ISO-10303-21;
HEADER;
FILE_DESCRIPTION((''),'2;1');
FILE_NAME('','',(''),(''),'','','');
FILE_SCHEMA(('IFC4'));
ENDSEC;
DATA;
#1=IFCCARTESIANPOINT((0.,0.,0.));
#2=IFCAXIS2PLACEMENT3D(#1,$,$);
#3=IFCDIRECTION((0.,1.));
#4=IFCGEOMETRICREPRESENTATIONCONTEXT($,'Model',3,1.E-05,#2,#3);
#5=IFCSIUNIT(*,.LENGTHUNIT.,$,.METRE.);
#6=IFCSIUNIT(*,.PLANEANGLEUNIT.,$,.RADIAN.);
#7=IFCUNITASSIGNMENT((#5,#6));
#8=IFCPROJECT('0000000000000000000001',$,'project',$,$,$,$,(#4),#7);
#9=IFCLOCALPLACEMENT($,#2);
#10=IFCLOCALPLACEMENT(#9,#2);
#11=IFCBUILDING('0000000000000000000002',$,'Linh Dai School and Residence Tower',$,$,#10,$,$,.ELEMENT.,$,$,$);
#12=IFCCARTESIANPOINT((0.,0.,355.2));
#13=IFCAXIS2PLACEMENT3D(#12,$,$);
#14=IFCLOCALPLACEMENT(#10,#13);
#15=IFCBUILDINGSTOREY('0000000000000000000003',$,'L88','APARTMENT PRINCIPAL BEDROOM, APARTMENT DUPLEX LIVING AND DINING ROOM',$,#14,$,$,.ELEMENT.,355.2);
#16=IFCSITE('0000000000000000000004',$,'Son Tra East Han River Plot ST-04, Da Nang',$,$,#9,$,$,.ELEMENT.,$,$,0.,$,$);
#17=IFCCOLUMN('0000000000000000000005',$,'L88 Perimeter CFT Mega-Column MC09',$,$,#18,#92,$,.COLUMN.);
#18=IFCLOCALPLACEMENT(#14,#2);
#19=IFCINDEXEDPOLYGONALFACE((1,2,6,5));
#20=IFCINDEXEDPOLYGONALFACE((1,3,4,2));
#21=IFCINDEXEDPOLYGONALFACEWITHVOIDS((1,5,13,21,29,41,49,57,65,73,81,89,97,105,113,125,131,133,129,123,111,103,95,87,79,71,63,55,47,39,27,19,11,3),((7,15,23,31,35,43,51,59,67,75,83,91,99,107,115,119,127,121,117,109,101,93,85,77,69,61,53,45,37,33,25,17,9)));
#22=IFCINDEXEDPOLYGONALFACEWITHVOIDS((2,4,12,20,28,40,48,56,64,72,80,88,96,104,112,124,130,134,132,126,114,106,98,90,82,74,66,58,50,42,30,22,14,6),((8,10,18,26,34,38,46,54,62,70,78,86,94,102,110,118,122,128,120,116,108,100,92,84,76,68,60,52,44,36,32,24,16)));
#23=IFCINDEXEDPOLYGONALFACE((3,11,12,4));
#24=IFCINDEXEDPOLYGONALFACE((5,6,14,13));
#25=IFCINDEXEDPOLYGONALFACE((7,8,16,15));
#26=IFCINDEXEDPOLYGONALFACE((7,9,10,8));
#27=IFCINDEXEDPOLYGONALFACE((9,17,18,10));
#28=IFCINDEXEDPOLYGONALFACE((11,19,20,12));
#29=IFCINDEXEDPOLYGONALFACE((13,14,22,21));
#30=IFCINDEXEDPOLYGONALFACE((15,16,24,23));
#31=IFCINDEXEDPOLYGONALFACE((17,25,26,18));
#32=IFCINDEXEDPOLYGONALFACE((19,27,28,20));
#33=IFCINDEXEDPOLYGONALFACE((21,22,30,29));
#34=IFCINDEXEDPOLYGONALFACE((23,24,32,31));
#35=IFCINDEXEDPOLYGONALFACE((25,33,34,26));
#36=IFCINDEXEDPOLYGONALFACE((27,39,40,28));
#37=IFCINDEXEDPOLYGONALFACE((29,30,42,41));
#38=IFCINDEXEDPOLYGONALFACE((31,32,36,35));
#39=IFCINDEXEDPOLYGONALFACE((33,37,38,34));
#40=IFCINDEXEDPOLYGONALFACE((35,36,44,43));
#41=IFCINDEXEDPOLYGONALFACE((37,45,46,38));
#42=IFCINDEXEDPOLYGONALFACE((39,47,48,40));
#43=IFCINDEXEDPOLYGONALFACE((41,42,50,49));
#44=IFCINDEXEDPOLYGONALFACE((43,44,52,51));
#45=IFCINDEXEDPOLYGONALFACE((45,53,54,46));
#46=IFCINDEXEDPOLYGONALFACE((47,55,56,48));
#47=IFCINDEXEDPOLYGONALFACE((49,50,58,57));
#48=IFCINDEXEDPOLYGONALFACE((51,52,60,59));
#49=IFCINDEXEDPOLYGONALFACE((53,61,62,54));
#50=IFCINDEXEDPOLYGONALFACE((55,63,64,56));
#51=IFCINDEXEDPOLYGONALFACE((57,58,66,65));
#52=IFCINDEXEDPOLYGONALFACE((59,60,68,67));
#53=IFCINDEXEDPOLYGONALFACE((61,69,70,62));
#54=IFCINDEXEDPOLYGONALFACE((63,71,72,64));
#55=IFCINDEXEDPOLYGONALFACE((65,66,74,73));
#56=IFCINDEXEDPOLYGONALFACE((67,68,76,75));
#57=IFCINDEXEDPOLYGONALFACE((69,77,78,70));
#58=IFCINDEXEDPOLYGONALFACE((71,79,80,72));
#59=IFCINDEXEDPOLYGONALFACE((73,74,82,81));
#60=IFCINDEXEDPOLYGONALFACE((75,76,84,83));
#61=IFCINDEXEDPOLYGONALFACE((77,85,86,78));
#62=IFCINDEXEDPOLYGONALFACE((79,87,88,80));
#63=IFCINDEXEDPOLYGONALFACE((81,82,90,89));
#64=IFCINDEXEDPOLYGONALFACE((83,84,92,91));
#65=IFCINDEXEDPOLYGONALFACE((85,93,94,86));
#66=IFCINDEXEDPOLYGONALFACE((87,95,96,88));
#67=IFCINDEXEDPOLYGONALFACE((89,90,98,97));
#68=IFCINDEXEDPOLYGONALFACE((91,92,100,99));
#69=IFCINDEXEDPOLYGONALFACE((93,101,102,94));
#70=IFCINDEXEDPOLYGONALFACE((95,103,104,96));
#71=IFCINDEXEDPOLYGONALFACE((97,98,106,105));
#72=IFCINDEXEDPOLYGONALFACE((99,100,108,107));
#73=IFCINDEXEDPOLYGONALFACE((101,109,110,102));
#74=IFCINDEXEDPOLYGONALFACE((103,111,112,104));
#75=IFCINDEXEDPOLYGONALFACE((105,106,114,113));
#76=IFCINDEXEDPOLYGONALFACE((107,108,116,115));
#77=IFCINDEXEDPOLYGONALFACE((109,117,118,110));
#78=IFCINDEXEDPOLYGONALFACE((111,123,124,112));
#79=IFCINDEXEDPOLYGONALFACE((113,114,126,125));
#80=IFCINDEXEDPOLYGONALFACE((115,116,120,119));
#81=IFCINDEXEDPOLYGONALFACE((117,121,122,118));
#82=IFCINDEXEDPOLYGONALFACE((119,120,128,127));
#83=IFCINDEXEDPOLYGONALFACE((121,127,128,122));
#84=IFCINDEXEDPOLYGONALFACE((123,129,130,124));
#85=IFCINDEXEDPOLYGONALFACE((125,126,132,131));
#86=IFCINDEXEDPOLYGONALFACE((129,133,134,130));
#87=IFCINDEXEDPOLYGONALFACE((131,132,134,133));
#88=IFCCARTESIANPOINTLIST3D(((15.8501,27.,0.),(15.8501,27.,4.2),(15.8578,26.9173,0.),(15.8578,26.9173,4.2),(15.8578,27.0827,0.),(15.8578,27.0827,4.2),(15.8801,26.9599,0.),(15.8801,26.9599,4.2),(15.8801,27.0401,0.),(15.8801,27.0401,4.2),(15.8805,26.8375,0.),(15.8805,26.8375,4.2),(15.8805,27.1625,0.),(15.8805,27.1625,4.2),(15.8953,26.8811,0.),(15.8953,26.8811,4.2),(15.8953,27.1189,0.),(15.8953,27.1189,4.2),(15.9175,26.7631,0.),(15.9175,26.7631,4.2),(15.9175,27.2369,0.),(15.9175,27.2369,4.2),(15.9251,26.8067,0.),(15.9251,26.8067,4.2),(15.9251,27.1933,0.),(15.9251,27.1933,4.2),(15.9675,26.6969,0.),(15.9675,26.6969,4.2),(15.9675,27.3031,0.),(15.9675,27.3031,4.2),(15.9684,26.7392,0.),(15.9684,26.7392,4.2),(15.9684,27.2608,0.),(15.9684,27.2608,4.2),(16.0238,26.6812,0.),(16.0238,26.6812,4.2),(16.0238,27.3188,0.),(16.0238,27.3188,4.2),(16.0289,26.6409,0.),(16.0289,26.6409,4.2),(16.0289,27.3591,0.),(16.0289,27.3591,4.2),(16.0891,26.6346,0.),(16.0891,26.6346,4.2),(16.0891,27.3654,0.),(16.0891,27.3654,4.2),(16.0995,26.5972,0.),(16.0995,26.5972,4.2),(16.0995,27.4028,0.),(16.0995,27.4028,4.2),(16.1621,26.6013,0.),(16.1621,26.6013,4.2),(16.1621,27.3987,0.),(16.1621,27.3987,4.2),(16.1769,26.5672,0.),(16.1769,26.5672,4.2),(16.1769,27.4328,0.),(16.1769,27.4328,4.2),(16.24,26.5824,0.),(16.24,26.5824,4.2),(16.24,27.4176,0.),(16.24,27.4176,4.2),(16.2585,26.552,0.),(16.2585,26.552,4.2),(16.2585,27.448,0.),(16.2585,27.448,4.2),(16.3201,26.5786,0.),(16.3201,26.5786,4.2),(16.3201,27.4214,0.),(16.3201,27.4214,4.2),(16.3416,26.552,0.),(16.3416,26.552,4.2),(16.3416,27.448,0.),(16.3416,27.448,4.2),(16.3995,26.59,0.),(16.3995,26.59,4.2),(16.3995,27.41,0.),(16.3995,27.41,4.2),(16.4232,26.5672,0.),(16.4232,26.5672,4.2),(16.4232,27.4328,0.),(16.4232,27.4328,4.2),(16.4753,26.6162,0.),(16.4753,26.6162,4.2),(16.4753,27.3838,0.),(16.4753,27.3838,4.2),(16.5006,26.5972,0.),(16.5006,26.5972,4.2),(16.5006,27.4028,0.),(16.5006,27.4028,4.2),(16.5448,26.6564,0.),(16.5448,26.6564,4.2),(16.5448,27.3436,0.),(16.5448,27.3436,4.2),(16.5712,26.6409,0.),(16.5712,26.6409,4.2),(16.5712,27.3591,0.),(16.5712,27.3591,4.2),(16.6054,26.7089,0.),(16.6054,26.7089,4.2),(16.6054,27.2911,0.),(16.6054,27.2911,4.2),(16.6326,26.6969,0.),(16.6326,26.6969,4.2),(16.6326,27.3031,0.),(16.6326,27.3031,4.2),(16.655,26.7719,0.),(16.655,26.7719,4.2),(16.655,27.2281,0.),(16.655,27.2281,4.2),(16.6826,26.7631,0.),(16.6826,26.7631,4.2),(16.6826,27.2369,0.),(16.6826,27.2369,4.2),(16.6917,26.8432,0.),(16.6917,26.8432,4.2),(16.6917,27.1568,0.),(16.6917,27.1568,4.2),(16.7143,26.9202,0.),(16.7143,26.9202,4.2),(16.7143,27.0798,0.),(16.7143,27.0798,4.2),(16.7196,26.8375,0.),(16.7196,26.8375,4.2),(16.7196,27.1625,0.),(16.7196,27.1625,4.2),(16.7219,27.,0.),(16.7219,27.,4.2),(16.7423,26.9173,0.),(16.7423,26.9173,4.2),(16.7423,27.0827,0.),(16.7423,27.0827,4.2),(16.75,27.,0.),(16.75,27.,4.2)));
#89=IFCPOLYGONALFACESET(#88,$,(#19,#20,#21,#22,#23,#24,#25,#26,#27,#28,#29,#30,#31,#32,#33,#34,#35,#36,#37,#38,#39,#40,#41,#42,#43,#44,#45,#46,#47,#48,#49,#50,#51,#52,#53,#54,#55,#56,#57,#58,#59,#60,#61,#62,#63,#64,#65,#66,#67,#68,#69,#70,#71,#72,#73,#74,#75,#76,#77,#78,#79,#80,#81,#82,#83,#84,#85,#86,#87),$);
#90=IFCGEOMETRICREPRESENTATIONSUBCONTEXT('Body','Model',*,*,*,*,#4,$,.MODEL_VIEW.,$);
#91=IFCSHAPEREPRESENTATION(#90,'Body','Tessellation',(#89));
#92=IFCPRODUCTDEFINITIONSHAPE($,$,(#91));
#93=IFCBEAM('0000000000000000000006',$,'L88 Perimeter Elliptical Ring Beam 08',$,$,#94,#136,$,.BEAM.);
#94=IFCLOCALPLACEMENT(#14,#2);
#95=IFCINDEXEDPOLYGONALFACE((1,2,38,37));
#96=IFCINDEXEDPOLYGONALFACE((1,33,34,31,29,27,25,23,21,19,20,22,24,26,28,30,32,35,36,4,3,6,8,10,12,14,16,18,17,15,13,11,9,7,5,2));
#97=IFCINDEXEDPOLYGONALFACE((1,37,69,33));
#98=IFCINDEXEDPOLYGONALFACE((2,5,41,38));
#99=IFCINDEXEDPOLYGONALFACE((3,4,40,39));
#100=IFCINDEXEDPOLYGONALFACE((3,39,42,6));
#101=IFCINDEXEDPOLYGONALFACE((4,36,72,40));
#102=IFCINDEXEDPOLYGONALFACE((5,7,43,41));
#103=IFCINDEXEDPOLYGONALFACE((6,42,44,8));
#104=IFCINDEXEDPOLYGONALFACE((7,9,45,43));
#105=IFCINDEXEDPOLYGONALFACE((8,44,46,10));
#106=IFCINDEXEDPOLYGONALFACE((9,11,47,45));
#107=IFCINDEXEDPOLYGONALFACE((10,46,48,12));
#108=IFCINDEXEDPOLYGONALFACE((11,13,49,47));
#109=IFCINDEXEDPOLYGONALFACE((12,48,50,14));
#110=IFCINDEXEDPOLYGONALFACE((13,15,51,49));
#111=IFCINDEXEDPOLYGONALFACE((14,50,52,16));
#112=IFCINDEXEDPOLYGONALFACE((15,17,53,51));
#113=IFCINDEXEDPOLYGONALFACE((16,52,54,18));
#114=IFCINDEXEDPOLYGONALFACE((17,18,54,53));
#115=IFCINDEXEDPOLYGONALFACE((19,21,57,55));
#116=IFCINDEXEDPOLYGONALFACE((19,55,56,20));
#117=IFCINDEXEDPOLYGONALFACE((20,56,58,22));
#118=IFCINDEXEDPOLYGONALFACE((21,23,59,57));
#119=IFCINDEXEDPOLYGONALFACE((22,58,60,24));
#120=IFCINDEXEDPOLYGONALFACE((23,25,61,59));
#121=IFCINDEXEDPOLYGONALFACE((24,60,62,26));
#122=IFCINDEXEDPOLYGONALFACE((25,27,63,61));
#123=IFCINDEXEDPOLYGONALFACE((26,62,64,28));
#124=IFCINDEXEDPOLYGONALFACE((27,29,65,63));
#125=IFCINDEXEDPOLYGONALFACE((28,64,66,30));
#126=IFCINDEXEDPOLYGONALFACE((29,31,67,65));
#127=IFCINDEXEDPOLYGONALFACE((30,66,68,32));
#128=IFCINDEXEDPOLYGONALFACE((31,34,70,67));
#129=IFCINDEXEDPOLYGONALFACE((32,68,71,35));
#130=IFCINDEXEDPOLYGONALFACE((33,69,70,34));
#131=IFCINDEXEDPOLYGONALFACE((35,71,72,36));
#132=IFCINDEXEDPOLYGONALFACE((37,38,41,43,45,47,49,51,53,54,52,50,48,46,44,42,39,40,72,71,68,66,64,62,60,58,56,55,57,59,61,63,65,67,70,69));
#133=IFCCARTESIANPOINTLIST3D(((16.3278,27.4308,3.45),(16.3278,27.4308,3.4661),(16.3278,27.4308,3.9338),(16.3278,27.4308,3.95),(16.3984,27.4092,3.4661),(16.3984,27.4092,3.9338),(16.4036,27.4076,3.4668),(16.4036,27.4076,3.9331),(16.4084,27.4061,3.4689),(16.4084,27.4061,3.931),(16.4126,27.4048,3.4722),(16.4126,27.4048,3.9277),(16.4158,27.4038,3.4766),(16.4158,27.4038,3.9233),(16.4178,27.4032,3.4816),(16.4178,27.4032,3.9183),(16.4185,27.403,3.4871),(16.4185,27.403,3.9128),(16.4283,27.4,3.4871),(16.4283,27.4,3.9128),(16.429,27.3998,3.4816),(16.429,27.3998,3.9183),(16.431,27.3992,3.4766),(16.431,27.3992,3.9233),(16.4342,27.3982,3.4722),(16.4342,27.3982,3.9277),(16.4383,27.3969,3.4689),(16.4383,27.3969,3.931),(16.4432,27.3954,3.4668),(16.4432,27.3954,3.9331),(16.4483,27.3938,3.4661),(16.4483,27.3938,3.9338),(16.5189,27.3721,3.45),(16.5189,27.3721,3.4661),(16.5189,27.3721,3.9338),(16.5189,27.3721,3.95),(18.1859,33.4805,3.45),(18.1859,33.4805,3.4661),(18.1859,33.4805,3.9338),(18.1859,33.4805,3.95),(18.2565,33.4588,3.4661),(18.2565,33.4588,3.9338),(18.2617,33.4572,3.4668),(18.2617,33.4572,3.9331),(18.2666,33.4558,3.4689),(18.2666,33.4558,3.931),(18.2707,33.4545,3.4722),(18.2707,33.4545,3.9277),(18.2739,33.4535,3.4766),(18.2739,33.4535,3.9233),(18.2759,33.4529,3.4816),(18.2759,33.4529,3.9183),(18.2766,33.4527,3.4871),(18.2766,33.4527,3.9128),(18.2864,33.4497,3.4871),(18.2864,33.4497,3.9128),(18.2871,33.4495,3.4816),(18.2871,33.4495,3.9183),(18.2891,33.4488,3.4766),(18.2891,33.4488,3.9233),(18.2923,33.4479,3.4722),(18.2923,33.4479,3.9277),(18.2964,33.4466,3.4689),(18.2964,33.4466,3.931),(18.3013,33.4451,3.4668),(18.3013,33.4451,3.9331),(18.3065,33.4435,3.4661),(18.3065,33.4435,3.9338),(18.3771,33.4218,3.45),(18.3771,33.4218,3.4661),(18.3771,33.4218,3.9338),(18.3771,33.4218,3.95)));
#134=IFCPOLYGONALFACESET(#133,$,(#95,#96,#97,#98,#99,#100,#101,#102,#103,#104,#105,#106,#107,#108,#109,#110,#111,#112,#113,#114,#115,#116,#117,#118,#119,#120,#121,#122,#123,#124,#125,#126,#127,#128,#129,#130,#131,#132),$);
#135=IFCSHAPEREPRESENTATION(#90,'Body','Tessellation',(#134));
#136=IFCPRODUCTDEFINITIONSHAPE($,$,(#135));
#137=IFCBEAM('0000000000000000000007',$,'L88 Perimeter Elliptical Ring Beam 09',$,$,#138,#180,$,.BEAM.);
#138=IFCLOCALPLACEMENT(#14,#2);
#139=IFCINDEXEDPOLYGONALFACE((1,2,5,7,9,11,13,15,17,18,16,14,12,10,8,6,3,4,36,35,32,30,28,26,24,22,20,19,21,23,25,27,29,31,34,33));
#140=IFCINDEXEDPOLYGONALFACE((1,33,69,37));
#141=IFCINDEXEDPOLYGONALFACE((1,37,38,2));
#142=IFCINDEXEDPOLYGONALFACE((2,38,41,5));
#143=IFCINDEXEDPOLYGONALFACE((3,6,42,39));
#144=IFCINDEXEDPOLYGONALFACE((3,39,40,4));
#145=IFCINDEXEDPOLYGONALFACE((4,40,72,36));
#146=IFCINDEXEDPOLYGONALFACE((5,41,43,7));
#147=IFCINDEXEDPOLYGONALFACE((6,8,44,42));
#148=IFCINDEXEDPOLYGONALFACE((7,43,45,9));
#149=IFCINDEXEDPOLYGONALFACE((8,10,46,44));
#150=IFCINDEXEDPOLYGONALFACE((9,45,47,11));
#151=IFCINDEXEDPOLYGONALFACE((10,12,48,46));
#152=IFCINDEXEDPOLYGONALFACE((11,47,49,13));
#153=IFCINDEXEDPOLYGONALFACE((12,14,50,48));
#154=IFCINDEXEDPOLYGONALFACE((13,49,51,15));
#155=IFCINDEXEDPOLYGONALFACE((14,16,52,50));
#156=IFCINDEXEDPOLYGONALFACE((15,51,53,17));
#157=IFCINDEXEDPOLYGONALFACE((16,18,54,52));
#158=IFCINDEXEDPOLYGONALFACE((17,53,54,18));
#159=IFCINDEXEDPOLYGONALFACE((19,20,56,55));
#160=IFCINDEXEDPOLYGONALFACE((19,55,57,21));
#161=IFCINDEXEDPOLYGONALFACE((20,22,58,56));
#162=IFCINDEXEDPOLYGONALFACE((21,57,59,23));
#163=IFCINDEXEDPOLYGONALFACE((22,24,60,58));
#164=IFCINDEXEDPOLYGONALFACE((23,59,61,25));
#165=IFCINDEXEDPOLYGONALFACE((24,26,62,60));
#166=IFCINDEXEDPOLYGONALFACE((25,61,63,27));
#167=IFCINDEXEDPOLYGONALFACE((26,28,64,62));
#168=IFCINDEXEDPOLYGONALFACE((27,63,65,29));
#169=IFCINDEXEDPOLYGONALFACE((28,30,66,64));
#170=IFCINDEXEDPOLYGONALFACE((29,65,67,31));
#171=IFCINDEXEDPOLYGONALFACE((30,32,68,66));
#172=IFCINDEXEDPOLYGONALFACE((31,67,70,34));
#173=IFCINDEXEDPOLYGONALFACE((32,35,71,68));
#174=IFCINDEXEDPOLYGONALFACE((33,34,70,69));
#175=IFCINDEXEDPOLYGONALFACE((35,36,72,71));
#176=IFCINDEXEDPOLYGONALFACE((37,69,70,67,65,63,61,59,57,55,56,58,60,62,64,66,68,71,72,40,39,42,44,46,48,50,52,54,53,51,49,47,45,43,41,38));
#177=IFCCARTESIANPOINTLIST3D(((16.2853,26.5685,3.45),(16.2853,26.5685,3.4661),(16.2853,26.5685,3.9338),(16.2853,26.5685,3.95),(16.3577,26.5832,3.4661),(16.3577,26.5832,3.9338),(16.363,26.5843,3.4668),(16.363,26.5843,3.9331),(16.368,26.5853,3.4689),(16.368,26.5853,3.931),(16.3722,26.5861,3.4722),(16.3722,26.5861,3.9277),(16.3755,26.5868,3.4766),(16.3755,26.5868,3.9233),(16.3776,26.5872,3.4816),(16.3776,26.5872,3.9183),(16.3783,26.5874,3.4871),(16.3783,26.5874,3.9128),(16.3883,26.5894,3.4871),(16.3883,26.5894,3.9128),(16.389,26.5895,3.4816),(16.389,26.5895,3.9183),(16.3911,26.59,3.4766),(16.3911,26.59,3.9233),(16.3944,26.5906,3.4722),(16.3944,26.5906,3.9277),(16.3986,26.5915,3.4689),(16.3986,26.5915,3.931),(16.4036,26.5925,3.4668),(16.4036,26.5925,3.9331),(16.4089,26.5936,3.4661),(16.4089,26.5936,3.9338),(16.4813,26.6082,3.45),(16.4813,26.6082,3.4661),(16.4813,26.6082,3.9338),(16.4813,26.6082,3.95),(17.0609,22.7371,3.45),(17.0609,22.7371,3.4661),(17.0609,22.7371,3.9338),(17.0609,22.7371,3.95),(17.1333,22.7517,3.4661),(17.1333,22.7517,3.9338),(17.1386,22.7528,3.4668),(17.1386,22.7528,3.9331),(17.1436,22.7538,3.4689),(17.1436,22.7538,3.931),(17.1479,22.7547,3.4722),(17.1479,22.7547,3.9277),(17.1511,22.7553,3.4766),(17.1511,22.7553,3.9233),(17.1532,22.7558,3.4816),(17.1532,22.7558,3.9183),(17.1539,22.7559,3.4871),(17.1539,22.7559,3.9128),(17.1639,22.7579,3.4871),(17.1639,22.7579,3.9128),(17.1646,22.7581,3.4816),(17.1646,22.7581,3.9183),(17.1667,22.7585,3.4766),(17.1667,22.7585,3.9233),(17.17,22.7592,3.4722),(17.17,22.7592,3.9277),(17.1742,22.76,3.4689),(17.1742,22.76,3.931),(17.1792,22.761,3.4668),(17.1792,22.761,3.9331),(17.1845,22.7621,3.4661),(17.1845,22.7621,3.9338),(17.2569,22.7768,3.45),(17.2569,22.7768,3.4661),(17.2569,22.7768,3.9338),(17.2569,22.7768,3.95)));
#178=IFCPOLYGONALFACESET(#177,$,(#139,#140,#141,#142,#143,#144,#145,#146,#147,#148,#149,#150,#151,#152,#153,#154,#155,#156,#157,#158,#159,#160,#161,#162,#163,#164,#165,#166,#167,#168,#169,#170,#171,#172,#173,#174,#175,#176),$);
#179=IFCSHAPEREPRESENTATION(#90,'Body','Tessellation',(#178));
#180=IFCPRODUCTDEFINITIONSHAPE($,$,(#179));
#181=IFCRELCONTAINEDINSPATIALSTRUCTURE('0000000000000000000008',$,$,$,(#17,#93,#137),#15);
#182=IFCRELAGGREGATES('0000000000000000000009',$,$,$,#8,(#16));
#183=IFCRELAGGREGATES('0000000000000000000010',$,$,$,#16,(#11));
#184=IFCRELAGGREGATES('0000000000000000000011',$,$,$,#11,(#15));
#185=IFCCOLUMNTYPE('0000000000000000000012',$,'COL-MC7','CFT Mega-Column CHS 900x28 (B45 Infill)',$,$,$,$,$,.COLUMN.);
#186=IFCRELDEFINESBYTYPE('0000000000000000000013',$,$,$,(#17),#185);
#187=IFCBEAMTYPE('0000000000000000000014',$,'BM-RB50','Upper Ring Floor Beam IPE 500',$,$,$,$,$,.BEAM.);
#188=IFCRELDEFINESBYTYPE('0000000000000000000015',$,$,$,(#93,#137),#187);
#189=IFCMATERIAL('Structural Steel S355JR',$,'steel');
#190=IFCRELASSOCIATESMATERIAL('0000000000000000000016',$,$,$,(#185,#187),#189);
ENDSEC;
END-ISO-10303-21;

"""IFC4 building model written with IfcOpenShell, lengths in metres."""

from ifc_helpers import new_model, si_unit, direction, frame, origin, origin_2d, place, context, subcontext, project, spatial, hollow_circle, i_section, extrude, material, material_profile, profile_set, type_object, element, save


model = new_model("IFC4")

# Units and contexts
model_context = context("Model", 3, precision=1e-05, world=origin(), true_north=direction((0.0, 1.0)))
body_context = subcontext(model_context, "Body", "Model", "MODEL_VIEW")
ifc_project = project(units=[si_unit("LENGTHUNIT", "METRE"), si_unit("PLANEANGLEUNIT", "RADIAN")], contexts=[model_context])

# Site, building, storey
site_placement = place(None, origin())
site = spatial("IfcSite", under=ifc_project, at=site_placement, Name="Son Tra East Han River Plot ST-04, Da Nang", CompositionType="ELEMENT", RefElevation=0.0)
building_placement = place(site_placement, origin())
building = spatial("IfcBuilding", under=site, at=building_placement, Name="Linh Dai School and Residence Tower", CompositionType="ELEMENT")
storey_placement = place(building_placement, frame((0.0, 0.0, 355.2)))
storey = spatial("IfcBuildingStorey", under=building, at=storey_placement, Name="L88", Description="APARTMENT PRINCIPAL BEDROOM, APARTMENT DUPLEX LIVING AND DINING ROOM", CompositionType="ELEMENT", Elevation=355.2)

# Column
ifc_material_1 = material(Name="Structural Steel S355JR", Category="steel")
ifc_material_profile_1 = material_profile(ifc_material_1, hollow_circle(Radius=0.45, WallThickness=0.0281, at=origin_2d()), Name="CHS 900x28")
ifc_profile_set_1 = profile_set([ifc_material_profile_1], Name="Structural Steel S355JR")
column_type = type_object("IfcColumnType", Name="COL-MC7", Description="CFT Mega-Column CHS 900x28 (B45 Infill)", PredefinedType="COLUMN", material=ifc_profile_set_1)
column_placement = place(storey_placement, frame((16.3, 27.0, 0.0), z_axis=(0.0, 0.0, 1.0), x_axis=(1.0, 0.0, 0.0)))
element("IfcColumn", 1, at=column_placement, inside=storey, type_object=column_type, Name="L88 Perimeter CFT Mega-Column MC09", PredefinedType="COLUMN", context=body_context, shape_type="SweptSolid", body=[
    extrude(hollow_circle(Radius=0.45, WallThickness=0.0281, at=origin_2d()), origin(), (0.0, 0.0, 1.0), 4.2),
])

# Beams
ifc_material_profile_2 = material_profile(ifc_material_1, i_section(OverallWidth=0.2, OverallDepth=0.5, WebThickness=0.0103, FlangeThickness=0.0161, FilletRadius=0.021, at=origin_2d()), Name="IPE 500")
ifc_profile_set_2 = profile_set([ifc_material_profile_2], Name="Structural Steel S355JR")
beam_type_1 = type_object("IfcBeamType", Name="BM-RB50", Description="Upper Ring Floor Beam IPE 500", PredefinedType="BEAM", material=ifc_profile_set_2)
beam_1_placement = place(storey_placement, frame((18.2815, 33.4512, 3.7), z_axis=(-0.293606, -0.955927, 0.0), x_axis=(0.955927, -0.293606, 0.0)))
element("IfcBeam", 2, at=beam_1_placement, inside=storey, type_object=beam_type_1, Name="L88 Perimeter Elliptical Ring Beam 08", PredefinedType="BEAM", context=body_context, shape_type="SweptSolid", body=[
    extrude(i_section(OverallWidth=0.2, OverallDepth=0.5, WebThickness=0.0103, FlangeThickness=0.0161, FilletRadius=0.021, at=origin_2d()), origin(), (0.0, 0.0, 1.0), 6.3286),
])
beam_2_placement = place(storey_placement, frame((16.3833, 26.5884, 3.7), z_axis=(0.19841, -0.980119, 0.0), x_axis=(0.980119, 0.19841, 0.0)))
element("IfcBeam", 3, at=beam_2_placement, inside=storey, type_object=beam_type_1, Name="L88 Perimeter Elliptical Ring Beam 09", PredefinedType="BEAM", context=body_context, shape_type="SweptSolid", body=[
    extrude(i_section(OverallWidth=0.2, OverallDepth=0.5, WebThickness=0.0103, FlangeThickness=0.0161, FilletRadius=0.021, at=origin_2d()), origin(), (0.0, 0.0, 1.0), 3.9092),
])

save(model, "model.ifc")
